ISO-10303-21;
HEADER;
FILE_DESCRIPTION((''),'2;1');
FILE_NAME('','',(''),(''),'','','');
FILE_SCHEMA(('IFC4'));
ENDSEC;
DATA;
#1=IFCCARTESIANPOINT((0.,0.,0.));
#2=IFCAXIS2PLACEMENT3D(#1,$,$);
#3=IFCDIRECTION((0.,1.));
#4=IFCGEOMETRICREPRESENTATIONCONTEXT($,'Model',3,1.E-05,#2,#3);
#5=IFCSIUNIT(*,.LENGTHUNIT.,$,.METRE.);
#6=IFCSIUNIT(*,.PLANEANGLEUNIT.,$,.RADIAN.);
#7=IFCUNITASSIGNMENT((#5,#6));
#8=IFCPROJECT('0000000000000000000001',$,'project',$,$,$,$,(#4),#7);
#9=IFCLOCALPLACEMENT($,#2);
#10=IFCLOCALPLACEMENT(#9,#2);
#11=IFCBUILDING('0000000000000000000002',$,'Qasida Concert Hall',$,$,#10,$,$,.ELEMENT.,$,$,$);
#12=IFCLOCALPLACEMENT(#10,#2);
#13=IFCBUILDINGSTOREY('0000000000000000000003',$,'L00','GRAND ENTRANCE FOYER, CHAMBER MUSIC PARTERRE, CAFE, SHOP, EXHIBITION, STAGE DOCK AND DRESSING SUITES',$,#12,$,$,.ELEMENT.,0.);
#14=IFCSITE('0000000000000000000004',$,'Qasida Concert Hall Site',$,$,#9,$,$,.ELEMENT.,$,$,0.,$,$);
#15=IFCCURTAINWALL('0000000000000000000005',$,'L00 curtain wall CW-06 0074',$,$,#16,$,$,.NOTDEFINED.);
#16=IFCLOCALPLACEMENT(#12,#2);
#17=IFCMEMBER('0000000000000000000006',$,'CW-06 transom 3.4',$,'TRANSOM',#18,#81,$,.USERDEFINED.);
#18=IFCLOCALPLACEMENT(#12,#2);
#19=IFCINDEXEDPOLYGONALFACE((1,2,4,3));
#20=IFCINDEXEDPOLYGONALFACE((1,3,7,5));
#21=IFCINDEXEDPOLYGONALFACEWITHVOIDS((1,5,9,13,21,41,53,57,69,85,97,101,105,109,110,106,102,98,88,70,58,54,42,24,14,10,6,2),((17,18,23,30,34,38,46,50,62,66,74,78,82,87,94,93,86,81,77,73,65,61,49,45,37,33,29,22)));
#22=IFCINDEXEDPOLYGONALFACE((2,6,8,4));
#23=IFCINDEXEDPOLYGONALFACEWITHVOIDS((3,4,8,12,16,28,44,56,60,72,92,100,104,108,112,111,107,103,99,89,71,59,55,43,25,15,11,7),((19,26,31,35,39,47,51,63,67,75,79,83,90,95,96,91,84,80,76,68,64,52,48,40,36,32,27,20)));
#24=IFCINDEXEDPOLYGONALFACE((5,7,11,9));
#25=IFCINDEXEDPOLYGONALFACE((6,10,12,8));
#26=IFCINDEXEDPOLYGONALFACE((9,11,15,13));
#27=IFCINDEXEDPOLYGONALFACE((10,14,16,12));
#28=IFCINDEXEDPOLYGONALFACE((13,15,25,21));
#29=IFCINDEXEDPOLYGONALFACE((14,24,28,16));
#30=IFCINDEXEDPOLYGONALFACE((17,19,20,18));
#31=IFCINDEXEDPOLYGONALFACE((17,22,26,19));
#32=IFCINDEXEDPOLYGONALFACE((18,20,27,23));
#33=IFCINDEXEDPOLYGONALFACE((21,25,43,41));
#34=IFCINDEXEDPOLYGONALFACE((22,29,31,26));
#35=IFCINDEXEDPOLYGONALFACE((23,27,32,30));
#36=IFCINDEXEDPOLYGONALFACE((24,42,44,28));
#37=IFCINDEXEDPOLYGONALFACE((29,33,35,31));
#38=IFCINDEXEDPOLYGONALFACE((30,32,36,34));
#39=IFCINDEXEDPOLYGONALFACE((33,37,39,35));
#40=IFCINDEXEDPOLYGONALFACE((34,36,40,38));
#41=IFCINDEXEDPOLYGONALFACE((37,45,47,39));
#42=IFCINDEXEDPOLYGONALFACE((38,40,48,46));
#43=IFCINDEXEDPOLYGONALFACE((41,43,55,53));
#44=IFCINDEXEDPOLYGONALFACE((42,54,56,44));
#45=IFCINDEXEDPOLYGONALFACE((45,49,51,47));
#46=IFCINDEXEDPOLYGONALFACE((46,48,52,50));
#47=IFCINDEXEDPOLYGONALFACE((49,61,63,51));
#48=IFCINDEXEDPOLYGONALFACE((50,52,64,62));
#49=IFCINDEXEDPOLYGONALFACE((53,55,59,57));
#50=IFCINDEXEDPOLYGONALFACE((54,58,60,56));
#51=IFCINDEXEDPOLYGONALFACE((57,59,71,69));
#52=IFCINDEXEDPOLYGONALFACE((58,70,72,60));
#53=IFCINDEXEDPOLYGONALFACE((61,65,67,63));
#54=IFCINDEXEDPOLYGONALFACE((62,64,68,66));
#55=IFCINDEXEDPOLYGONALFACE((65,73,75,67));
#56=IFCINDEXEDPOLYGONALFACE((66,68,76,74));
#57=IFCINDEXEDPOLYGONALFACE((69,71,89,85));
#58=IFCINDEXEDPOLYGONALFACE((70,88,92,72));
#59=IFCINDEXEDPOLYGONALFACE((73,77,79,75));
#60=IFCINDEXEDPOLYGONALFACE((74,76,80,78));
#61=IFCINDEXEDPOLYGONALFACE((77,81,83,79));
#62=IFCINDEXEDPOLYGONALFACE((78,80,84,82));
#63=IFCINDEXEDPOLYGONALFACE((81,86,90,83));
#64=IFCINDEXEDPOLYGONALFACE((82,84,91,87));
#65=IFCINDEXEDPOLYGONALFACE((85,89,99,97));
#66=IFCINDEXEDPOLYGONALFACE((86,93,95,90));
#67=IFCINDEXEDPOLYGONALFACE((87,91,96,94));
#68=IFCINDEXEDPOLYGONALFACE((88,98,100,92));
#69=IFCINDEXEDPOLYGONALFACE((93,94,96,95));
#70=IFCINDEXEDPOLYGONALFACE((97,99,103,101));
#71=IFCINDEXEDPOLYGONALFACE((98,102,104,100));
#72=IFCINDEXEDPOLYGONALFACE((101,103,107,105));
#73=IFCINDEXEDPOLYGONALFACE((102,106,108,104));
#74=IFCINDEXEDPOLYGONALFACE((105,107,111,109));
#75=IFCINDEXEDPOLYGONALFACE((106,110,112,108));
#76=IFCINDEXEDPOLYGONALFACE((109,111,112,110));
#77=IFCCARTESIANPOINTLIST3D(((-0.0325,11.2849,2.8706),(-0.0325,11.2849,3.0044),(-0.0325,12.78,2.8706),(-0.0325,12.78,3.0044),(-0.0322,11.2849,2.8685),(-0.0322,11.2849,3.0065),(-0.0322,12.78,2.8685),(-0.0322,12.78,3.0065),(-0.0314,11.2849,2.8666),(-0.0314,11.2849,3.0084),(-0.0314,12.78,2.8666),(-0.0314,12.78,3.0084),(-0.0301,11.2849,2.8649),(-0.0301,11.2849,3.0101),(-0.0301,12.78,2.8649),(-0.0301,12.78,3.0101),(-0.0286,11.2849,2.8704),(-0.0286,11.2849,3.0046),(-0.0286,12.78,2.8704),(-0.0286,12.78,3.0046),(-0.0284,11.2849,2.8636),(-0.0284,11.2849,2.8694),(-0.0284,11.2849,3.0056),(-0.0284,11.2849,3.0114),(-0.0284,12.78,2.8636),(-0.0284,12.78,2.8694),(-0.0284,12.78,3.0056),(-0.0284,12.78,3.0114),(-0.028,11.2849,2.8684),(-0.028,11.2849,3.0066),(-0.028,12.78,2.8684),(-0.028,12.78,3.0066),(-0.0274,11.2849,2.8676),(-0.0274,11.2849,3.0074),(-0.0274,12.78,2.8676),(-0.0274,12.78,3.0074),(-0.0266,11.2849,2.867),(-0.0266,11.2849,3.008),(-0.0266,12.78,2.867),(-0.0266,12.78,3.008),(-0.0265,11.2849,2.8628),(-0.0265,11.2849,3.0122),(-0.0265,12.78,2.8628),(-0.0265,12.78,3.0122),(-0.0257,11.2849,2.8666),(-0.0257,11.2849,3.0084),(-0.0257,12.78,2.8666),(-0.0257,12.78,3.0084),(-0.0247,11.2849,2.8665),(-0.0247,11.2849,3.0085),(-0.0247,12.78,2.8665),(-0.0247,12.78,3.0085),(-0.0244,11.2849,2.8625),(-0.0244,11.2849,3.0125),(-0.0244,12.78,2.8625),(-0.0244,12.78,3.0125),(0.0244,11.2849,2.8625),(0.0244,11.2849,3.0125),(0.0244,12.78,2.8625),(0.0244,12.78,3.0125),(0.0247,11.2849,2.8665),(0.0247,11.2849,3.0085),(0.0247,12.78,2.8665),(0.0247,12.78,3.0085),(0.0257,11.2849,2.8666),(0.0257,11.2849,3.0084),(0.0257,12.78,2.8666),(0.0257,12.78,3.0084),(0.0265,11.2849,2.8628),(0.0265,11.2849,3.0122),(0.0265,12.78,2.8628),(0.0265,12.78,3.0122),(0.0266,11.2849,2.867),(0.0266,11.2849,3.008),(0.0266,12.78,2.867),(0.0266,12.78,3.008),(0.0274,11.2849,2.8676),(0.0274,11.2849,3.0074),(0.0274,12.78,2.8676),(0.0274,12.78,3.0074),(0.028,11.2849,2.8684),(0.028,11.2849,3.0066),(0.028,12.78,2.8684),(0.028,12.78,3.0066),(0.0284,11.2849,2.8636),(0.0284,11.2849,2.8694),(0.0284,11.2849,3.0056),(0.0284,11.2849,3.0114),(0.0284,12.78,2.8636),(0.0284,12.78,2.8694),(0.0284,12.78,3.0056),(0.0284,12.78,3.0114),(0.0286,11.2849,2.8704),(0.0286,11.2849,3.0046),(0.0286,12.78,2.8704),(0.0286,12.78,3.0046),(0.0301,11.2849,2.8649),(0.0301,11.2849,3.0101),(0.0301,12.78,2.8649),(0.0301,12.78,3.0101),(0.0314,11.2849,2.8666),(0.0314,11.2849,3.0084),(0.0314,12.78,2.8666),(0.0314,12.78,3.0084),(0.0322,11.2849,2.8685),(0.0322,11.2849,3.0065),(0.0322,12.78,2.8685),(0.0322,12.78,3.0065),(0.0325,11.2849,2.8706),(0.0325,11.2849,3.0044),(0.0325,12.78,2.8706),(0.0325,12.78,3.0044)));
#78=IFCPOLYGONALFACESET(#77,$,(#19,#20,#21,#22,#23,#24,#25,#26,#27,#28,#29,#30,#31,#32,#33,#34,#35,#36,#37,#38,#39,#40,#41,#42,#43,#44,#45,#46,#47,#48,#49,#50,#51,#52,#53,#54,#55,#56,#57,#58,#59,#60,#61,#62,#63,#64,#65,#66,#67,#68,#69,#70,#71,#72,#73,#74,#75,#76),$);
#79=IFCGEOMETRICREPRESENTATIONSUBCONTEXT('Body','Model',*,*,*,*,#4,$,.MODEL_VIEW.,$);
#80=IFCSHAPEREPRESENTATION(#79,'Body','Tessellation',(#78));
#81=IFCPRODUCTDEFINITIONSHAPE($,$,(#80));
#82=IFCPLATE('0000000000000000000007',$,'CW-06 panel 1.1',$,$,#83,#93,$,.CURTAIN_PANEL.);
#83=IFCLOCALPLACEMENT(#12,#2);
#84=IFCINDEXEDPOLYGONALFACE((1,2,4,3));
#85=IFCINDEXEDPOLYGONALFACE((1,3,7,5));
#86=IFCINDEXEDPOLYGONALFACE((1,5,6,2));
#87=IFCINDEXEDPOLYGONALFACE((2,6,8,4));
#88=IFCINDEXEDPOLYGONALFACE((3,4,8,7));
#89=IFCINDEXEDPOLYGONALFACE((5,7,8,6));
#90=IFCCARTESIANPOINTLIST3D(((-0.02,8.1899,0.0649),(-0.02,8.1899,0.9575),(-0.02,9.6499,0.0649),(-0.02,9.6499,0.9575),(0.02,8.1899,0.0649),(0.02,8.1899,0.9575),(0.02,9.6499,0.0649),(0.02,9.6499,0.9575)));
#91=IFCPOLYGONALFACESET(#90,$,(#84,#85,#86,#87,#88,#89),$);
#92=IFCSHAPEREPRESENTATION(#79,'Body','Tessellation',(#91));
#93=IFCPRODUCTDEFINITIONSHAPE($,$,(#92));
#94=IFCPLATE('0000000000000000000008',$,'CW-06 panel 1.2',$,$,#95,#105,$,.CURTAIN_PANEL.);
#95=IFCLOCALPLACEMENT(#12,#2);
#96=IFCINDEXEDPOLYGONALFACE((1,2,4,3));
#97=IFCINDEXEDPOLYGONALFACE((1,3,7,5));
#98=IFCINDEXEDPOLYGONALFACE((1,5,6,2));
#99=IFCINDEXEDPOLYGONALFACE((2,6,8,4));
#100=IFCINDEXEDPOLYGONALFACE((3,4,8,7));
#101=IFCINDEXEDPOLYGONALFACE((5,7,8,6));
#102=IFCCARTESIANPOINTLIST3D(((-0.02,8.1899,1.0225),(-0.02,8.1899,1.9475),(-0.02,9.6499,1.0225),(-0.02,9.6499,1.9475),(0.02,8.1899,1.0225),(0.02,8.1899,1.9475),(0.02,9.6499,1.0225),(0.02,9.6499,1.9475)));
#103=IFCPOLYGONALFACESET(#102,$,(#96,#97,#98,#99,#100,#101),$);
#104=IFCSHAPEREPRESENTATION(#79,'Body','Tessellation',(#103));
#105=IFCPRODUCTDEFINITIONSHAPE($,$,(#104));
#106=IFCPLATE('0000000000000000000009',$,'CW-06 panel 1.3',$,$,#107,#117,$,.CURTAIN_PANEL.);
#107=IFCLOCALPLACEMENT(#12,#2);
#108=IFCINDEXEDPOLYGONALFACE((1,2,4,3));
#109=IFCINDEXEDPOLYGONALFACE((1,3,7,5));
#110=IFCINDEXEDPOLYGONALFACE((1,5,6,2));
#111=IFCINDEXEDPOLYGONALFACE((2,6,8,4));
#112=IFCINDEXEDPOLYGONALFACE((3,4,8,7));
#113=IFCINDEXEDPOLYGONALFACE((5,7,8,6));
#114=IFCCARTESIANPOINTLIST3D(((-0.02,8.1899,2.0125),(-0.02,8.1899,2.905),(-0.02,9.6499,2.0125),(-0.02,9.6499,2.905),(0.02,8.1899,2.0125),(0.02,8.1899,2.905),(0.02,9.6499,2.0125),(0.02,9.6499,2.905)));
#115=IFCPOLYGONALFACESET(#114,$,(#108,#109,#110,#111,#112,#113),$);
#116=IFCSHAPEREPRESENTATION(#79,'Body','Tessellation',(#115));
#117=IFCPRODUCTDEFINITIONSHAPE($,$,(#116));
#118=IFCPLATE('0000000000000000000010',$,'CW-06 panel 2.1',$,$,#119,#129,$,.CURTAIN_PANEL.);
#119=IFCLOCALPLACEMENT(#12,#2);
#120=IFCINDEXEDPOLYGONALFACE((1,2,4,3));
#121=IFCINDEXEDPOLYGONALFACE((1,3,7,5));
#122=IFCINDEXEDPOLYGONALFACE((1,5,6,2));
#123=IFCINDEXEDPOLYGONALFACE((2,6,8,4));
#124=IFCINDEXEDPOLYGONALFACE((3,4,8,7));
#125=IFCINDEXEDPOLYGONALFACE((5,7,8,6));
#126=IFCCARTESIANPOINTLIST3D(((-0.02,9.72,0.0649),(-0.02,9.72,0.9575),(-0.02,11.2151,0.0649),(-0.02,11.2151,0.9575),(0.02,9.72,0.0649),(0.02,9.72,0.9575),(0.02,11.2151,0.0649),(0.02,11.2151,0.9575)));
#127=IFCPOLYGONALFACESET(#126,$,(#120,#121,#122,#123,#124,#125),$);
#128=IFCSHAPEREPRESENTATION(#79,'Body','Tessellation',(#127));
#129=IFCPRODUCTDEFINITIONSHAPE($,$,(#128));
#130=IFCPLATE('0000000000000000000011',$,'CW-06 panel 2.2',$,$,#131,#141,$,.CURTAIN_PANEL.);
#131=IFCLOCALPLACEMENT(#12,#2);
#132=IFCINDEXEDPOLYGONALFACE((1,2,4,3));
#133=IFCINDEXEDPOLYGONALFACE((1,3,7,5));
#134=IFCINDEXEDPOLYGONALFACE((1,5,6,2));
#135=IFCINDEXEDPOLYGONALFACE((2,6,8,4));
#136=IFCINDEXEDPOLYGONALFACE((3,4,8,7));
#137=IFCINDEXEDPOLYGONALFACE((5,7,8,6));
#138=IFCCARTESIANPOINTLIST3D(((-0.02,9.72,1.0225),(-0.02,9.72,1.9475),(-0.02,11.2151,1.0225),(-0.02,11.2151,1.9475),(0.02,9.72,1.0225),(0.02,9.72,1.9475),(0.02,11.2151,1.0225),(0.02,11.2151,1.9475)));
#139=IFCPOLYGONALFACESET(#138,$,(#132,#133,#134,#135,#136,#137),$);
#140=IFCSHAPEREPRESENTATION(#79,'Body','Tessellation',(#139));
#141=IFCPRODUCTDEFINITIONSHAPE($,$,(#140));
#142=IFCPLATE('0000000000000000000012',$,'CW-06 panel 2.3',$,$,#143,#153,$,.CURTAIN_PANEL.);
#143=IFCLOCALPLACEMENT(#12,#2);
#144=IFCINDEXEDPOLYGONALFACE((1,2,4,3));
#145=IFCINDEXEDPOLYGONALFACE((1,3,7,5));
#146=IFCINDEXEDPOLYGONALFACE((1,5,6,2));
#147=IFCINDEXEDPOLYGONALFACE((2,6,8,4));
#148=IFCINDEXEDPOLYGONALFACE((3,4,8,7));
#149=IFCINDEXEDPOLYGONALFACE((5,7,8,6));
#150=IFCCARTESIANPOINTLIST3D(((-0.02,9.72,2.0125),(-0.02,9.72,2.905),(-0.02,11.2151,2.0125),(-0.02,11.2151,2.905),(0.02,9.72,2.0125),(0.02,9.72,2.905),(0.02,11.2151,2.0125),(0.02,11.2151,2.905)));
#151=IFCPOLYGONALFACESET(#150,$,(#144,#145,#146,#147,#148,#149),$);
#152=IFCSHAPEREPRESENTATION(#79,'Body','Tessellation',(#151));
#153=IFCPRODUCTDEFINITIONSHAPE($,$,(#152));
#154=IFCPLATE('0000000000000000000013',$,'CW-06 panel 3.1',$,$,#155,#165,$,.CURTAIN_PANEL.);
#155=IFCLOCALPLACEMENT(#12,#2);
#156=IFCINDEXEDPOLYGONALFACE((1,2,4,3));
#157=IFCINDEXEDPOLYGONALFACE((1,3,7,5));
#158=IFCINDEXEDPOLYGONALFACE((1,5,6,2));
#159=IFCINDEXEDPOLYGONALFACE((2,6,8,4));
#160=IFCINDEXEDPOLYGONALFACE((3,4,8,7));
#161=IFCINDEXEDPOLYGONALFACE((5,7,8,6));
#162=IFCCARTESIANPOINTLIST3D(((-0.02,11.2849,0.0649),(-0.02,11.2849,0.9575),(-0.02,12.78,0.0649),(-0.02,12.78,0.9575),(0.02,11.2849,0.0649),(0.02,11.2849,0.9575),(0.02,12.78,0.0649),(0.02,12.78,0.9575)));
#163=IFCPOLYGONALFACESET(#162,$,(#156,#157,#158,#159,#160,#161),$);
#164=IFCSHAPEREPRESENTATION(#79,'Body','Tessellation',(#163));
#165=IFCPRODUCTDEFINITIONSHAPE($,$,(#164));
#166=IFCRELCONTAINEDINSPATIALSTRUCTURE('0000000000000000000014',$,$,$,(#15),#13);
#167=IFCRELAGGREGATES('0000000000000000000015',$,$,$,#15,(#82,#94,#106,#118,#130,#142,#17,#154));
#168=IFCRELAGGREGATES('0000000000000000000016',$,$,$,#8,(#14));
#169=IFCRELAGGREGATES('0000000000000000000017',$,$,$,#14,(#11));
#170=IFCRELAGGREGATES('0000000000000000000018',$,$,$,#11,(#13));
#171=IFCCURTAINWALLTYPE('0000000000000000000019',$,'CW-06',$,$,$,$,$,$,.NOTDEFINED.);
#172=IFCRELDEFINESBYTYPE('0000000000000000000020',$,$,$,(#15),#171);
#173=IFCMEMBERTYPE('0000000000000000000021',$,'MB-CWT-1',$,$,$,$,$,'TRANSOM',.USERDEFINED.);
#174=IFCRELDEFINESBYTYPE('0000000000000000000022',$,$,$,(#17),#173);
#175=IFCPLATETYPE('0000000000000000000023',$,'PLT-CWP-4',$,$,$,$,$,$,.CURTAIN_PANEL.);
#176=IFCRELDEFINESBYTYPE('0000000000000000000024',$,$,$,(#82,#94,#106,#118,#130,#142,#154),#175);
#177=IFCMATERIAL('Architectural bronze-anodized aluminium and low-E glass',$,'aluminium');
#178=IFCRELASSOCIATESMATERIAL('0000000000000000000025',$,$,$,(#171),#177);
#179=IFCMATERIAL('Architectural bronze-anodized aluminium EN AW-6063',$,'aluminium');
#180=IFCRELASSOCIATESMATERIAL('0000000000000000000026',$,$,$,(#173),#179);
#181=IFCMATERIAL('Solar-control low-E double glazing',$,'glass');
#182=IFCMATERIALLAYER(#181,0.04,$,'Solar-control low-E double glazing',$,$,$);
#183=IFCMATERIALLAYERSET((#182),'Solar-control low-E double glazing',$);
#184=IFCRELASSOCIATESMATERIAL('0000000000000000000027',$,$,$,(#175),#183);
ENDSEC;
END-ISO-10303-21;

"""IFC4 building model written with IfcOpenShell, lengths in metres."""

from ifc_helpers import new_model, si_unit, direction, frame, origin, origin_2d, place, context, subcontext, project, spatial, rectangle, hollow_rectangle, extrude, material, layer, layer_set, material_profile, profile_set, type_object, element, aggregate, save


model = new_model("IFC4")

# Units and contexts
model_context = context("Model", 3, precision=1e-05, world=origin(), true_north=direction((0.0, 1.0)))
body_context = subcontext(model_context, "Body", "Model", "MODEL_VIEW")
ifc_project = project(units=[si_unit("LENGTHUNIT", "METRE"), si_unit("PLANEANGLEUNIT", "RADIAN")], contexts=[model_context])

# Site, building, storey
site_placement = place(None, origin())
site = spatial("IfcSite", under=ifc_project, at=site_placement, Name="Qasida Concert Hall Site", CompositionType="ELEMENT", RefElevation=0.0)
building_placement = place(site_placement, origin())
building = spatial("IfcBuilding", under=site, at=building_placement, Name="Qasida Concert Hall", CompositionType="ELEMENT")
storey_placement = place(building_placement, origin())
storey = spatial("IfcBuildingStorey", under=building, at=storey_placement, Name="L00", Description="GRAND ENTRANCE FOYER, CHAMBER MUSIC PARTERRE, CAFE, SHOP, EXHIBITION, STAGE DOCK AND DRESSING SUITES", CompositionType="ELEMENT", Elevation=0.0)

# Curtain wall, member, plates
ifc_material_1 = material(Name="Architectural bronze-anodized aluminium and low-E glass", Category="aluminium")
curtain_wall_type = type_object("IfcCurtainWallType", Name="CW-06", PredefinedType="NOTDEFINED", material=ifc_material_1)
curtain_wall_placement = place(storey_placement, origin())
curtain_wall = element("IfcCurtainWall", 1, at=curtain_wall_placement, inside=storey, type_object=curtain_wall_type, Name="L00 curtain wall CW-06 0074", PredefinedType="NOTDEFINED")
ifc_material_2 = material(Name="Architectural bronze-anodized aluminium EN AW-6063", Category="aluminium")
ifc_material_profile_1 = material_profile(ifc_material_2, hollow_rectangle(XDim=0.0649, YDim=0.1499, WallThickness=0.0039, InnerFilletRadius=0.0039, OuterFilletRadius=0.0081, at=origin_2d()), Name="CWT 150x65x4")
ifc_profile_set_1 = profile_set([ifc_material_profile_1], Name="Architectural bronze-anodized aluminium EN AW-6063")
member_type_1 = type_object("IfcMemberType", Name="MB-CWT-1", ElementType="TRANSOM", PredefinedType="USERDEFINED", material=ifc_profile_set_1)
member_1_placement = place(storey_placement, frame((0.0, 11.2849, 2.9375), z_axis=(0.0, 1.0, 0.0), x_axis=(-1.0, 0.0, 0.0)))
member_1 = element("IfcMember", 2, at=member_1_placement, type_object=member_type_1, Name="CW-06 transom 3.4", ObjectType="TRANSOM", PredefinedType="USERDEFINED", context=body_context, shape_type="SweptSolid", body=[
    extrude(hollow_rectangle(XDim=0.0649, YDim=0.1499, WallThickness=0.0039, InnerFilletRadius=0.0039, OuterFilletRadius=0.0081, at=origin_2d()), origin(), (0.0, 0.0, 1.0), 1.4951),
])
ifc_material_3 = material(Name="Solar-control low-E double glazing", Category="glass")
ifc_layer = layer(ifc_material_3, 0.04, Name="Solar-control low-E double glazing")
ifc_layer_set = layer_set([ifc_layer], Name="Solar-control low-E double glazing")
plate_type = type_object("IfcPlateType", Name="PLT-CWP-4", PredefinedType="CURTAIN_PANEL", material=ifc_layer_set)
plate_1_placement = place(storey_placement, frame((0.0, 8.9199, 0.0649), z_axis=(0.0, 0.0, 1.0), x_axis=(0.0, 1.0, 0.0)))
plate_1 = element("IfcPlate", 3, at=plate_1_placement, type_object=plate_type, Name="CW-06 panel 1.1", PredefinedType="CURTAIN_PANEL", context=body_context, shape_type="SweptSolid", body=[
    extrude(rectangle(XDim=1.46, YDim=0.04, at=origin_2d()), origin(), (0.0, 0.0, 1.0), 0.8926),
])
plate_2_placement = place(storey_placement, frame((0.0, 8.9199, 1.0225), z_axis=(0.0, 0.0, 1.0), x_axis=(0.0, 1.0, 0.0)))
plate_2 = element("IfcPlate", 4, at=plate_2_placement, type_object=plate_type, Name="CW-06 panel 1.2", PredefinedType="CURTAIN_PANEL", context=body_context, shape_type="SweptSolid", body=[
    extrude(rectangle(XDim=1.46, YDim=0.04, at=origin_2d()), origin(), (0.0, 0.0, 1.0), 0.925),
])
plate_3_placement = place(storey_placement, frame((0.0, 8.9199, 2.0125), z_axis=(0.0, 0.0, 1.0), x_axis=(0.0, 1.0, 0.0)))
plate_3 = element("IfcPlate", 5, at=plate_3_placement, type_object=plate_type, Name="CW-06 panel 1.3", PredefinedType="CURTAIN_PANEL", context=body_context, shape_type="SweptSolid", body=[
    extrude(rectangle(XDim=1.46, YDim=0.04, at=origin_2d()), origin(), (0.0, 0.0, 1.0), 0.8926),
])
plate_4_placement = place(storey_placement, frame((0.0, 10.4675, 0.0649), z_axis=(0.0, 0.0, 1.0), x_axis=(0.0, 1.0, 0.0)))
plate_4 = element("IfcPlate", 6, at=plate_4_placement, type_object=plate_type, Name="CW-06 panel 2.1", PredefinedType="CURTAIN_PANEL", context=body_context, shape_type="SweptSolid", body=[
    extrude(rectangle(XDim=1.4951, YDim=0.04, at=origin_2d()), origin(), (0.0, 0.0, 1.0), 0.8926),
])
plate_5_placement = place(storey_placement, frame((0.0, 10.4675, 1.0225), z_axis=(0.0, 0.0, 1.0), x_axis=(0.0, 1.0, 0.0)))
plate_5 = element("IfcPlate", 7, at=plate_5_placement, type_object=plate_type, Name="CW-06 panel 2.2", PredefinedType="CURTAIN_PANEL", context=body_context, shape_type="SweptSolid", body=[
    extrude(rectangle(XDim=1.4951, YDim=0.04, at=origin_2d()), origin(), (0.0, 0.0, 1.0), 0.925),
])
plate_6_placement = place(storey_placement, frame((0.0, 10.4675, 2.0125), z_axis=(0.0, 0.0, 1.0), x_axis=(0.0, 1.0, 0.0)))
plate_6 = element("IfcPlate", 8, at=plate_6_placement, type_object=plate_type, Name="CW-06 panel 2.3", PredefinedType="CURTAIN_PANEL", context=body_context, shape_type="SweptSolid", body=[
    extrude(rectangle(XDim=1.4951, YDim=0.04, at=origin_2d()), origin(), (0.0, 0.0, 1.0), 0.8926),
])
plate_7_placement = place(storey_placement, frame((0.0, 12.0325, 0.0649), z_axis=(0.0, 0.0, 1.0), x_axis=(0.0, 1.0, 0.0)))
plate_7 = element("IfcPlate", 9, at=plate_7_placement, type_object=plate_type, Name="CW-06 panel 3.1", PredefinedType="CURTAIN_PANEL", context=body_context, shape_type="SweptSolid", body=[
    extrude(rectangle(XDim=1.4951, YDim=0.04, at=origin_2d()), origin(), (0.0, 0.0, 1.0), 0.8926),
])
aggregate(curtain_wall, [plate_1, plate_2, plate_3, plate_4, plate_5, plate_6, member_1, plate_7])

save(model, "model.ifc")
